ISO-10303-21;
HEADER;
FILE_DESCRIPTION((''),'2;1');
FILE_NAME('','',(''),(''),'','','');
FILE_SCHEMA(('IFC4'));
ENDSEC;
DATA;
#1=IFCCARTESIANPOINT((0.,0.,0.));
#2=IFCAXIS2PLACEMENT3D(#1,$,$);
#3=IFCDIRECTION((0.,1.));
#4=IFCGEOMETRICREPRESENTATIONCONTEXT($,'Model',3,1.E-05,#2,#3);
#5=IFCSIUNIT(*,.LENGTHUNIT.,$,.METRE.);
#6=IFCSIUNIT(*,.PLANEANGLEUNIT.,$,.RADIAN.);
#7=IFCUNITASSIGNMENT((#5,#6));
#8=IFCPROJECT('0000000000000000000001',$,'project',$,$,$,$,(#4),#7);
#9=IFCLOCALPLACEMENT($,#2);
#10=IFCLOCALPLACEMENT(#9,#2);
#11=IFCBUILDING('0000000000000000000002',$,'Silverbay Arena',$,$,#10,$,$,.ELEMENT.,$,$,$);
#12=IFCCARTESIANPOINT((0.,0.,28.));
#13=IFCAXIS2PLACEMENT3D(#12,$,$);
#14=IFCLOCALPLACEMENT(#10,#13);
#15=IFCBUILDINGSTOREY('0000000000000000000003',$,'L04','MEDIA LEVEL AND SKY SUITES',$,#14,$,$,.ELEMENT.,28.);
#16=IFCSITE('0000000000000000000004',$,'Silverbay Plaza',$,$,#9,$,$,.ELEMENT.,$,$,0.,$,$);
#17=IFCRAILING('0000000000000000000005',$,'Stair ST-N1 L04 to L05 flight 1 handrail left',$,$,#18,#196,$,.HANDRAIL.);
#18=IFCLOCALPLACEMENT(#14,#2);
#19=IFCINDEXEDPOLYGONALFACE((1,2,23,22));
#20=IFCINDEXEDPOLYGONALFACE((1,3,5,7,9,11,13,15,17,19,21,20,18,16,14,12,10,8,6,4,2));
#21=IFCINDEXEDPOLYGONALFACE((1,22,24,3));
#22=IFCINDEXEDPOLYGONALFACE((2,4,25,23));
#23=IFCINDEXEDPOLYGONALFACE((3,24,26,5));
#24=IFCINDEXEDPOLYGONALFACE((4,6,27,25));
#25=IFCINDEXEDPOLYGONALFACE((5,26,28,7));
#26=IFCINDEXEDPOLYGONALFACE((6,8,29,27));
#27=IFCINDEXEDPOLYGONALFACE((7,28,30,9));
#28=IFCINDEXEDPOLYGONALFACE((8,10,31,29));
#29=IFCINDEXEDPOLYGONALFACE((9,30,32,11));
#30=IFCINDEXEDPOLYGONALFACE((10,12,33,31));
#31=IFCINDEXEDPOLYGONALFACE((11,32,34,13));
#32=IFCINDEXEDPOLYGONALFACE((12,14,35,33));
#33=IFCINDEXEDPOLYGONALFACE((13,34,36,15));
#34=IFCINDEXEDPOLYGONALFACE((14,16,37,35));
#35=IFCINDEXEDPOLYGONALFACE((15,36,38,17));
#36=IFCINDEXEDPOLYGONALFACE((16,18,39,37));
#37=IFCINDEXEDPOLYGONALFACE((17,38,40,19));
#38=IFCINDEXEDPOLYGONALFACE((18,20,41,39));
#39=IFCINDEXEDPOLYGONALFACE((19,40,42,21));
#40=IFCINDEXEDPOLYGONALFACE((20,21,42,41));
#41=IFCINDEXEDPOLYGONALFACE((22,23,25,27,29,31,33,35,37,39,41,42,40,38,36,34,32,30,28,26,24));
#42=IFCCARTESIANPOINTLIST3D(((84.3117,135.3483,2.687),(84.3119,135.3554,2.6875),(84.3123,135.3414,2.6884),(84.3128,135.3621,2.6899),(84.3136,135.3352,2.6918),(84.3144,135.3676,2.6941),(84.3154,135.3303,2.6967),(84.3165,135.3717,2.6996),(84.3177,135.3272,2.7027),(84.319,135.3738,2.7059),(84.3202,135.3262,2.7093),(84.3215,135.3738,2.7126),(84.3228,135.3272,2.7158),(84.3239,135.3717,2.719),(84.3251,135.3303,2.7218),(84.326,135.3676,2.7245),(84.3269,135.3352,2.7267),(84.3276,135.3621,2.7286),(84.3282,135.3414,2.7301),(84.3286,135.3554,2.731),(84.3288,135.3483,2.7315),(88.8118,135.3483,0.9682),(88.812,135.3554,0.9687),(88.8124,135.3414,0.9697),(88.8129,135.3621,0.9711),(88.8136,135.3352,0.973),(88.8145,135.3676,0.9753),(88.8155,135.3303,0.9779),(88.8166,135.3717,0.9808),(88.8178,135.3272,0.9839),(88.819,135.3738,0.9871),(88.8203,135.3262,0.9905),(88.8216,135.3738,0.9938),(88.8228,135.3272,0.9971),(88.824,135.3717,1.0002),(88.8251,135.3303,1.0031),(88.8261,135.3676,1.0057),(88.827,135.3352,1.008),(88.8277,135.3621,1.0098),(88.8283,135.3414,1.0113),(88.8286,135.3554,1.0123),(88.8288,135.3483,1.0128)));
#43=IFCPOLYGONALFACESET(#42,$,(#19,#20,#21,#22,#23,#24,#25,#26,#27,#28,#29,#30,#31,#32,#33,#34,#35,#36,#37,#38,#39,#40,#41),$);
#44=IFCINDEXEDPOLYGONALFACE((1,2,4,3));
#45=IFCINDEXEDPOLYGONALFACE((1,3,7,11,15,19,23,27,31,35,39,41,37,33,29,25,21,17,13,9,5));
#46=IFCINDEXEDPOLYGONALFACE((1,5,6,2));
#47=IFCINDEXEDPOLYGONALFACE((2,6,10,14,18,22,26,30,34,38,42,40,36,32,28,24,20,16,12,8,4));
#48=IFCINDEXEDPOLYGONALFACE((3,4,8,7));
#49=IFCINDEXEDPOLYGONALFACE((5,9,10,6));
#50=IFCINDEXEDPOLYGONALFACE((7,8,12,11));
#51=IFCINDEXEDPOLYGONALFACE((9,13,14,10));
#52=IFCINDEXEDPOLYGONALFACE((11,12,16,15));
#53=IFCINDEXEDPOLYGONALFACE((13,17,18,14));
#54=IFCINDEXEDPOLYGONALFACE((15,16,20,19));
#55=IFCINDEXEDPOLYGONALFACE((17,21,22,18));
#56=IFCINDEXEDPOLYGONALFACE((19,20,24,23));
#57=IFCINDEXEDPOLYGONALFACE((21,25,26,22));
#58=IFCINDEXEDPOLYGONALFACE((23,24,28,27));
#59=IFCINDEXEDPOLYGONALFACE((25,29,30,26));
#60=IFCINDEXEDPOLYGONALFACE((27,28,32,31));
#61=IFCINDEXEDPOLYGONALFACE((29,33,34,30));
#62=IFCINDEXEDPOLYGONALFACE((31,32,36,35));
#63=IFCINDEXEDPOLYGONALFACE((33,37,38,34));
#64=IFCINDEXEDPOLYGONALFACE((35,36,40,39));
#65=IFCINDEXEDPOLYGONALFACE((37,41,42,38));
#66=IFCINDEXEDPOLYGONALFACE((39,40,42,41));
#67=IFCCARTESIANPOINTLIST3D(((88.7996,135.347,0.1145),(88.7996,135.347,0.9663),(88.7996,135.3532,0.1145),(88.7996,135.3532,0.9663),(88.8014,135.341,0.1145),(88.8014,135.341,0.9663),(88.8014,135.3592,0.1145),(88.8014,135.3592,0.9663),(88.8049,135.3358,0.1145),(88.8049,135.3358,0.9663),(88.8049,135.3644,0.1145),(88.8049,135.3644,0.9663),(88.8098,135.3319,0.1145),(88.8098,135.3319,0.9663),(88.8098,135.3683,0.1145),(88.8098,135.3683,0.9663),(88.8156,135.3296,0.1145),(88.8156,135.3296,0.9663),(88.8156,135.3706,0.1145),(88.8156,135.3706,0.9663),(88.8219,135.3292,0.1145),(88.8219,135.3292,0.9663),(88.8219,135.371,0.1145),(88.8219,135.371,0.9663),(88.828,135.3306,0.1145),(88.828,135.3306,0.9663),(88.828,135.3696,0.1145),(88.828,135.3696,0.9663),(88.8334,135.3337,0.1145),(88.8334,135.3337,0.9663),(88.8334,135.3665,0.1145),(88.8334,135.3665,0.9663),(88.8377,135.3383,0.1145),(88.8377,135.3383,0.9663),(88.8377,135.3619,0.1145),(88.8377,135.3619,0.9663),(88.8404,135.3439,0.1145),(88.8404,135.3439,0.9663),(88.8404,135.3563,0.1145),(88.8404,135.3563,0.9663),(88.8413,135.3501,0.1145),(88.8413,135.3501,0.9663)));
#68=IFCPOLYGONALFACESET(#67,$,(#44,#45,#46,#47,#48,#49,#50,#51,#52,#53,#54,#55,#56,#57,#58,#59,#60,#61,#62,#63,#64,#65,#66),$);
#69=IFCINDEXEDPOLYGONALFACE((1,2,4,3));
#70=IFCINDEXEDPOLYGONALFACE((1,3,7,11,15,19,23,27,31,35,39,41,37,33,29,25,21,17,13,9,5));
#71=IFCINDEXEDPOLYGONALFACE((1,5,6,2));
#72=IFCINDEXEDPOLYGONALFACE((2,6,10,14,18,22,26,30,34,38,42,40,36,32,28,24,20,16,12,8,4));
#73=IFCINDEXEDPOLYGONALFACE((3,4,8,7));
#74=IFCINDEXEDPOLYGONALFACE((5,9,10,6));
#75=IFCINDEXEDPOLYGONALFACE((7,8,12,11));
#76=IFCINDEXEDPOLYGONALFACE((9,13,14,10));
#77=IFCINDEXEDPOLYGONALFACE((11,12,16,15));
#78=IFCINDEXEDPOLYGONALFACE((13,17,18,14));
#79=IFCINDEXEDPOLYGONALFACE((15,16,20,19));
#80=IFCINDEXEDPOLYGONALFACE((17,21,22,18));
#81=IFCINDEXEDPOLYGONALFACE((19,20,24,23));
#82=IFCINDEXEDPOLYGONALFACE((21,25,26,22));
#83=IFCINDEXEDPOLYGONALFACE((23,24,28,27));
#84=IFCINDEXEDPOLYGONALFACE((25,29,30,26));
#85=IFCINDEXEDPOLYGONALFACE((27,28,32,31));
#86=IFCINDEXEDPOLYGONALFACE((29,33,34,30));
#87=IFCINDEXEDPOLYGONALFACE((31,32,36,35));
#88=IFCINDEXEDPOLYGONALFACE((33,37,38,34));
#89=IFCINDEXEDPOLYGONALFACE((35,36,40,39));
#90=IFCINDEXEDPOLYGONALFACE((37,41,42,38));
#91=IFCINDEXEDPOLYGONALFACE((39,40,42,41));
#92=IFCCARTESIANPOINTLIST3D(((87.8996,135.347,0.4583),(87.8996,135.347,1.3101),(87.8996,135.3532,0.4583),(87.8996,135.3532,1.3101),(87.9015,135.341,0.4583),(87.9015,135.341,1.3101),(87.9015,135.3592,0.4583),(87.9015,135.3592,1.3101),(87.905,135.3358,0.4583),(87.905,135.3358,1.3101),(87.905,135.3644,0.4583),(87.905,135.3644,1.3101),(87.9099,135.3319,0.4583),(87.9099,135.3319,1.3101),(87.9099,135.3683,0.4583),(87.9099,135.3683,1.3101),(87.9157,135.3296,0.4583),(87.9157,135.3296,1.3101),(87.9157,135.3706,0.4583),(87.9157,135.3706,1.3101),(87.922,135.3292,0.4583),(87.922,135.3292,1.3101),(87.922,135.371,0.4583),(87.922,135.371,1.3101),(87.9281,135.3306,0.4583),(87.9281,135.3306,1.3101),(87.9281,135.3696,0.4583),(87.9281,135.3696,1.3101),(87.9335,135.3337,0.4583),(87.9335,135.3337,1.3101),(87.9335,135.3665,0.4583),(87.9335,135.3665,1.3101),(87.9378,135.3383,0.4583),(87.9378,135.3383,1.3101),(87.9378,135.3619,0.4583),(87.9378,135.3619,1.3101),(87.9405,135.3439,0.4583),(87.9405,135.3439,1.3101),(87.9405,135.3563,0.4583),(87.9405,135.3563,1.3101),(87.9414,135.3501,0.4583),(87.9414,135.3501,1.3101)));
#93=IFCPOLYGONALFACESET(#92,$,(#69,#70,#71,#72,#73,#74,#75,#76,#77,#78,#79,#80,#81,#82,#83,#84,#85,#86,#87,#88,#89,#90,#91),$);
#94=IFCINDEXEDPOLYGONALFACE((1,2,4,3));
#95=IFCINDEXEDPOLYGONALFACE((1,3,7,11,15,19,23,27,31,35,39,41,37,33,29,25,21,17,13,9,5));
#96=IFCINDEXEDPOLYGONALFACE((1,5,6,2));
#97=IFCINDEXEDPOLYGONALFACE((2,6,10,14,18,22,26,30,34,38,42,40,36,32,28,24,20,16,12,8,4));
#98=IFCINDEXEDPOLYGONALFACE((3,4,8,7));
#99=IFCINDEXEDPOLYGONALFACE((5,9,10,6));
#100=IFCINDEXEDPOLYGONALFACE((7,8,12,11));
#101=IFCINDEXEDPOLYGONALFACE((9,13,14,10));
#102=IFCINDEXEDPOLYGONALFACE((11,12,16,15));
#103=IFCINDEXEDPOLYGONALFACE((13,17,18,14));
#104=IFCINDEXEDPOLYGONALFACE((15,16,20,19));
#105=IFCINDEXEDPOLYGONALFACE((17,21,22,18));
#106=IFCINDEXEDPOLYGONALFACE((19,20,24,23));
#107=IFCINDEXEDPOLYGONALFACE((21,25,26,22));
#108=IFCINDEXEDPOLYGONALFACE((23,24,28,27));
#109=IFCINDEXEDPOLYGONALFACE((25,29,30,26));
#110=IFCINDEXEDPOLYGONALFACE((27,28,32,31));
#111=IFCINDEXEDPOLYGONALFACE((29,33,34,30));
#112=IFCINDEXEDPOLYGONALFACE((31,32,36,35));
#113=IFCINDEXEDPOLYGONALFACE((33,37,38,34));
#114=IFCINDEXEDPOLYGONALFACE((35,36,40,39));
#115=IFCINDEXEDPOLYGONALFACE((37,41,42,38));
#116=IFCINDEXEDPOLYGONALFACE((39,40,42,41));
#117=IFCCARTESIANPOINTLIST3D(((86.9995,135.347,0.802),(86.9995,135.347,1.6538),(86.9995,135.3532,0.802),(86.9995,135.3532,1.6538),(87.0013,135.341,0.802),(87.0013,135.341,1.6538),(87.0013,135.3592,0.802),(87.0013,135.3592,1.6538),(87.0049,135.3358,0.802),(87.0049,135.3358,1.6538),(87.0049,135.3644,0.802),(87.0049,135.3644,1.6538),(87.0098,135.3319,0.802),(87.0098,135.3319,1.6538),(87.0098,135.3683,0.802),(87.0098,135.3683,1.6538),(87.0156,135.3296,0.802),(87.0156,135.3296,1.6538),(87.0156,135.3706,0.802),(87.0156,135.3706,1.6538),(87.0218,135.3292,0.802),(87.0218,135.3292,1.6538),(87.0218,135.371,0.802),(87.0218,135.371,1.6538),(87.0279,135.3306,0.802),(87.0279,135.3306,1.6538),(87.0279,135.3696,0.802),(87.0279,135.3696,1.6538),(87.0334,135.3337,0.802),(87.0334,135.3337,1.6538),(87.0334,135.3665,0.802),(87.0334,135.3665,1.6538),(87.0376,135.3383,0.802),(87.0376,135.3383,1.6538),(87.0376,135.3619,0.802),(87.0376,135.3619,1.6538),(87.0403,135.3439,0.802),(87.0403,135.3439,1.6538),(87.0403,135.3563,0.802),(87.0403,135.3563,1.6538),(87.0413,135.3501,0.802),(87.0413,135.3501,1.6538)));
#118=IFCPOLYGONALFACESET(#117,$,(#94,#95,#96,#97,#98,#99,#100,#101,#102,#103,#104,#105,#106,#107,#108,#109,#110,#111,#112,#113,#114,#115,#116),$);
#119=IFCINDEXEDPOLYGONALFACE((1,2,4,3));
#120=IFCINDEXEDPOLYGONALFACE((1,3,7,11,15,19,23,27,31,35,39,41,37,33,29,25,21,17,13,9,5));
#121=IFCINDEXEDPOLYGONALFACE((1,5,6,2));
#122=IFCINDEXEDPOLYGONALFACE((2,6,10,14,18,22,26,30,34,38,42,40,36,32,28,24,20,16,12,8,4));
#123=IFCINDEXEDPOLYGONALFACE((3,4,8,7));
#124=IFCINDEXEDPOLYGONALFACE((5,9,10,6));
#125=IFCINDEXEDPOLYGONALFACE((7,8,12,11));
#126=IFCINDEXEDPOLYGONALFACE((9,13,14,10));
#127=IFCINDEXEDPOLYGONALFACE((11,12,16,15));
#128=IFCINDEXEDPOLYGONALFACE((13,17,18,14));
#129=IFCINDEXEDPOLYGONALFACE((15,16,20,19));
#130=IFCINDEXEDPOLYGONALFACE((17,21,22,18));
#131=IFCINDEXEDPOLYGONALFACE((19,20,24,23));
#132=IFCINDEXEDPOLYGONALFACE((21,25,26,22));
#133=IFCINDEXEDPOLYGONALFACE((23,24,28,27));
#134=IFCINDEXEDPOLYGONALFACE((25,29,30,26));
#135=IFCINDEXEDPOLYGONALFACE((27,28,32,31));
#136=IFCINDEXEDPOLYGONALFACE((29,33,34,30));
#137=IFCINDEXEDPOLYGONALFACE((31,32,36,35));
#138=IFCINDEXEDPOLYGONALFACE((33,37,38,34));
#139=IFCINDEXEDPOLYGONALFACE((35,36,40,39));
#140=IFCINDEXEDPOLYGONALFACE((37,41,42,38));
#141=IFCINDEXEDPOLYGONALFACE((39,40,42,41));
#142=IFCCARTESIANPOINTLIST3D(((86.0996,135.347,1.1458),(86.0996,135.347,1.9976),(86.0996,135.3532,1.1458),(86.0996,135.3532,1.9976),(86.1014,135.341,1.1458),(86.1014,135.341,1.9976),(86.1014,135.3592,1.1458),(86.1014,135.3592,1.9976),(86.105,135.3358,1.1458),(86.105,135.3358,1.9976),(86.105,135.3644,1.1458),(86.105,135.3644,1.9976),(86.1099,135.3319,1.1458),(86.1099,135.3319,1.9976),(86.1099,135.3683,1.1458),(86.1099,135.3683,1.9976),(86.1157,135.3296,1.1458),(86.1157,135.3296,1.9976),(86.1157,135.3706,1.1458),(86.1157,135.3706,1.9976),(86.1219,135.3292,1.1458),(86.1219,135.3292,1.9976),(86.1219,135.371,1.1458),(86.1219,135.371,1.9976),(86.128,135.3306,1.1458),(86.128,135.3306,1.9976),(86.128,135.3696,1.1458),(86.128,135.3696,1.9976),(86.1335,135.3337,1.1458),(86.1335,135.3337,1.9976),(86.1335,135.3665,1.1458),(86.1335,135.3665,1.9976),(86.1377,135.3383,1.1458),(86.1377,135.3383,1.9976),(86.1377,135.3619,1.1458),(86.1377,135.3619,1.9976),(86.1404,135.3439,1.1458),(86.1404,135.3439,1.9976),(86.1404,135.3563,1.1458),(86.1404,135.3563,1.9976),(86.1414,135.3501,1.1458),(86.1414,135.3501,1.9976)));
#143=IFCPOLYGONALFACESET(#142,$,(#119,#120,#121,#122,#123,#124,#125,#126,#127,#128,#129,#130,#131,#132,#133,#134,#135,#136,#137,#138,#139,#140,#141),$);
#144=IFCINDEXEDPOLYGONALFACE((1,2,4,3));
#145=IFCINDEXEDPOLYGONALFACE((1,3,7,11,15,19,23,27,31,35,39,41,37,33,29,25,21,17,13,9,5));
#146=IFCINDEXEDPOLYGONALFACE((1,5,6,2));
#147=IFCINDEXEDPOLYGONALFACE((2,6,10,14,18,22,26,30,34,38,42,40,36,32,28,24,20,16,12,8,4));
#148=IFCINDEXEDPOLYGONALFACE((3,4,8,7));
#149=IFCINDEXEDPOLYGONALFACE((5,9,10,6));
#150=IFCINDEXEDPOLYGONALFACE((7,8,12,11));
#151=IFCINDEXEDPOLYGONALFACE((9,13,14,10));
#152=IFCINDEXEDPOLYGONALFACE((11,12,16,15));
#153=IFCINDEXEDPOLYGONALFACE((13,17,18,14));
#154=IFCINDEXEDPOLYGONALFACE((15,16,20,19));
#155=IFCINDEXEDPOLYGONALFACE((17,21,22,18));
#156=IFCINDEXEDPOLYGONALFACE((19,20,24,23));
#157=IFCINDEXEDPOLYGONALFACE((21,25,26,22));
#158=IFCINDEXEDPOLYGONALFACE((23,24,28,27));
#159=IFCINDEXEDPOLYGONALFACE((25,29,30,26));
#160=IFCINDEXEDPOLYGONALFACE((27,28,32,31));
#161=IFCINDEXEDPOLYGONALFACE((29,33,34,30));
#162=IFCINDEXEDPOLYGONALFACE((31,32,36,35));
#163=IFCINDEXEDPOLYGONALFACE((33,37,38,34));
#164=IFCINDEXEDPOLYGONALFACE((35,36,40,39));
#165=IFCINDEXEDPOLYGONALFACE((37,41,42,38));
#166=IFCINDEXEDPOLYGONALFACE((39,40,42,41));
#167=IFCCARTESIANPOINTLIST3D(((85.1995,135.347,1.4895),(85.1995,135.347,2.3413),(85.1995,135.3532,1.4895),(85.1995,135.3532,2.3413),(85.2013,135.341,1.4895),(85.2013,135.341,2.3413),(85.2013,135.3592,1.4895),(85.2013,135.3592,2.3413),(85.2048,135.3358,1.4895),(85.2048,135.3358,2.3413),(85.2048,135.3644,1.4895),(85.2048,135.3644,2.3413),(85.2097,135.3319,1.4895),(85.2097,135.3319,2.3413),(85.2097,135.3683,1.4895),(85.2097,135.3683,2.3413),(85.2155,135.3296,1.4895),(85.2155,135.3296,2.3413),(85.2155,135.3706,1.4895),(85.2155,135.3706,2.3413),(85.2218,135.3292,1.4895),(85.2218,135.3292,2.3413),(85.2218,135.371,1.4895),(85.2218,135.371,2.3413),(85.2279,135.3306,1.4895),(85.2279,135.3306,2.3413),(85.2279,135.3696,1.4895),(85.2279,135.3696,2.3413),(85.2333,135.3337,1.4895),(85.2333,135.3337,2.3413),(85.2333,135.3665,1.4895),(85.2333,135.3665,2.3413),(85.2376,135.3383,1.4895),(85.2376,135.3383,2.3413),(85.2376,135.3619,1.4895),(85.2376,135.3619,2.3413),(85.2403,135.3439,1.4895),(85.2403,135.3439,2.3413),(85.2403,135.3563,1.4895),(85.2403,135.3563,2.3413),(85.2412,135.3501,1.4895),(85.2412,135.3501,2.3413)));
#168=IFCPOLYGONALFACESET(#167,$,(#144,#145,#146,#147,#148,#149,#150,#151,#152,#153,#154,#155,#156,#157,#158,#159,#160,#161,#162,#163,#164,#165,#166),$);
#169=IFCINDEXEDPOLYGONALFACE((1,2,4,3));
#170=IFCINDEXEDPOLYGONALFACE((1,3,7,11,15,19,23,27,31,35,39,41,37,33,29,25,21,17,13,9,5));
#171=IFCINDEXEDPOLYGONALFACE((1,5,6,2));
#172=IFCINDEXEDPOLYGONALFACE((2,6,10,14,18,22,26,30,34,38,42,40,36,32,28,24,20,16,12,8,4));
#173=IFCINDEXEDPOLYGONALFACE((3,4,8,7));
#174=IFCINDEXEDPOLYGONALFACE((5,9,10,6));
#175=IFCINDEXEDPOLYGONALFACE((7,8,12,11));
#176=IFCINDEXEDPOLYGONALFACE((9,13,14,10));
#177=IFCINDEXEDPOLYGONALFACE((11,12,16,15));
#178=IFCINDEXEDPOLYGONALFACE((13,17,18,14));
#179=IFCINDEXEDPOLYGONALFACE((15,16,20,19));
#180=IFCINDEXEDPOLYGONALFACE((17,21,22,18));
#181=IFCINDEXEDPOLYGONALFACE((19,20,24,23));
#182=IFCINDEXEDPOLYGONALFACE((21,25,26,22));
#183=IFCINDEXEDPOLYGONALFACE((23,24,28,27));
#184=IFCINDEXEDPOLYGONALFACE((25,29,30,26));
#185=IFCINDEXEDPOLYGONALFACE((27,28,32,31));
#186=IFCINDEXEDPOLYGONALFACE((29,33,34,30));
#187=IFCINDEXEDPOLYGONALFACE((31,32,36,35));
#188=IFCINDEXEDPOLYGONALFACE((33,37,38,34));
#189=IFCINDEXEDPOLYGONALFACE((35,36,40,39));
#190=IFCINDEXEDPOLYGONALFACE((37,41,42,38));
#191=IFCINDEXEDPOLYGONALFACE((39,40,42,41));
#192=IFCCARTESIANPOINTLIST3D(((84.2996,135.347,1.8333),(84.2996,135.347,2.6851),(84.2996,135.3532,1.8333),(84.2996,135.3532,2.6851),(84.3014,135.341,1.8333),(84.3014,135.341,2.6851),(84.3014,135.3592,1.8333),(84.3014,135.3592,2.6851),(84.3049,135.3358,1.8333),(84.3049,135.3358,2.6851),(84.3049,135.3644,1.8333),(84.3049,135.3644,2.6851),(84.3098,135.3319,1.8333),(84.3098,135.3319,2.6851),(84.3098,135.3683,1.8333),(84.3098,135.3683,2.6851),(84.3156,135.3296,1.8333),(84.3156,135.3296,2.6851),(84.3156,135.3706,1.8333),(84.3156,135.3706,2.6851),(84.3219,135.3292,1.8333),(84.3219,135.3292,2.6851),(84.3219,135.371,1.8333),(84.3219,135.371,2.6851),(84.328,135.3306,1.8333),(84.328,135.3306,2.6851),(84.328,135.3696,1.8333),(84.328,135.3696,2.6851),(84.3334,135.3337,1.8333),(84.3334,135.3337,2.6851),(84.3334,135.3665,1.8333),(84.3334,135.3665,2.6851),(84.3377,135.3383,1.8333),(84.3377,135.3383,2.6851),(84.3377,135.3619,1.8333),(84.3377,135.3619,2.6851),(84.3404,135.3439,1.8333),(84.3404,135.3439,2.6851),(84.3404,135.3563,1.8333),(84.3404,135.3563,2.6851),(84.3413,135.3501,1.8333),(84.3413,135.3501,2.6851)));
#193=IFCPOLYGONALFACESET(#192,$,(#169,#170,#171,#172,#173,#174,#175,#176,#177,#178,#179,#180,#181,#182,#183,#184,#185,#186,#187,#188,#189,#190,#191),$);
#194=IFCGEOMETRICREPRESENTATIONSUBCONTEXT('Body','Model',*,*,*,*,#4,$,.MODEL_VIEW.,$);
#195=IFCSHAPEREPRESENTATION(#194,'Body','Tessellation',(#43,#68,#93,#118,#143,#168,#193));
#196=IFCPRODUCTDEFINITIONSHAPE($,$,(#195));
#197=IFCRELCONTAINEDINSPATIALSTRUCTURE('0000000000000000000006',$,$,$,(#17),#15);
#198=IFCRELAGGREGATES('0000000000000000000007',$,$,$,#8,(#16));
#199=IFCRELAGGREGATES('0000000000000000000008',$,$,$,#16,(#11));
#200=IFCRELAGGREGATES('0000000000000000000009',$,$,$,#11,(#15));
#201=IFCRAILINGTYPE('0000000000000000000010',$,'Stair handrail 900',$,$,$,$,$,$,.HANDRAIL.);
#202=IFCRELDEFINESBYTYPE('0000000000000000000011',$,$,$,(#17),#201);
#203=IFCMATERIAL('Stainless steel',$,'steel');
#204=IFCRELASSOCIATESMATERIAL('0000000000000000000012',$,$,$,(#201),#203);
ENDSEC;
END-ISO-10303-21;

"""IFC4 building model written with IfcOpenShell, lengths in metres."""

from ifc_helpers import new_model, si_unit, direction, frame, origin, origin_2d, place, context, subcontext, project, spatial, circle, extrude, material, type_object, element, save


model = new_model("IFC4")

# Units and contexts
model_context = context("Model", 3, precision=1e-05, world=origin(), true_north=direction((0.0, 1.0)))
body_context = subcontext(model_context, "Body", "Model", "MODEL_VIEW")
ifc_project = project(units=[si_unit("LENGTHUNIT", "METRE"), si_unit("PLANEANGLEUNIT", "RADIAN")], contexts=[model_context])

# Site, building, storey
site_placement = place(None, origin())
site = spatial("IfcSite", under=ifc_project, at=site_placement, Name="Silverbay Plaza", CompositionType="ELEMENT", RefElevation=0.0)
building_placement = place(site_placement, origin())
building = spatial("IfcBuilding", under=site, at=building_placement, Name="Silverbay Arena", CompositionType="ELEMENT")
storey_placement = place(building_placement, frame((0.0, 0.0, 28.0)))
storey = spatial("IfcBuildingStorey", under=building, at=storey_placement, Name="L04", Description="MEDIA LEVEL AND SKY SUITES", CompositionType="ELEMENT", Elevation=28.0)

# Railing
ifc_material_1 = material(Name="Stainless steel", Category="steel")
railing_type_1 = type_object("IfcRailingType", Name="Stair handrail 900", PredefinedType="HANDRAIL", material=ifc_material_1)
for number, where, name in (
    (1, (88.8203, 135.3501, 0.1145), "Stair ST-N1 L04 to L05 flight 1 handrail left"),
):
    element("IfcRailing", number, at=place(storey_placement, frame(where)), inside=storey, type_object=railing_type_1, Name=name, PredefinedType="HANDRAIL", context=body_context, shape_type="SweptSolid", body=[
        extrude(circle(Radius=0.0239, at=origin_2d()), frame((0.0, 0.0, 0.876), z_axis=(-0.934179, 0.0, 0.356805), x_axis=(0.0, -1.0, 0.0)), (0.0, 0.0, 1.0), 4.8171),
        extrude(circle(Radius=0.021, at=origin_2d()), origin(), (0.0, 0.0, 1.0), 0.8518),
        extrude(circle(Radius=0.021, at=origin_2d()), frame((-0.8999, 0.0, 0.3438)), (0.0, 0.0, 1.0), 0.8518),
        extrude(circle(Radius=0.021, at=origin_2d()), frame((-1.8, 0.0, 0.6875)), (0.0, 0.0, 1.0), 0.8518),
        extrude(circle(Radius=0.021, at=origin_2d()), frame((-2.7, 0.0, 1.0312)), (0.0, 0.0, 1.0), 0.8518),
        extrude(circle(Radius=0.021, at=origin_2d()), frame((-3.6001, 0.0, 1.375)), (0.0, 0.0, 1.0), 0.8518),
        extrude(circle(Radius=0.021, at=origin_2d()), frame((-4.5, 0.0, 1.7188)), (0.0, 0.0, 1.0), 0.8518),
    ])

save(model, "model.ifc")
